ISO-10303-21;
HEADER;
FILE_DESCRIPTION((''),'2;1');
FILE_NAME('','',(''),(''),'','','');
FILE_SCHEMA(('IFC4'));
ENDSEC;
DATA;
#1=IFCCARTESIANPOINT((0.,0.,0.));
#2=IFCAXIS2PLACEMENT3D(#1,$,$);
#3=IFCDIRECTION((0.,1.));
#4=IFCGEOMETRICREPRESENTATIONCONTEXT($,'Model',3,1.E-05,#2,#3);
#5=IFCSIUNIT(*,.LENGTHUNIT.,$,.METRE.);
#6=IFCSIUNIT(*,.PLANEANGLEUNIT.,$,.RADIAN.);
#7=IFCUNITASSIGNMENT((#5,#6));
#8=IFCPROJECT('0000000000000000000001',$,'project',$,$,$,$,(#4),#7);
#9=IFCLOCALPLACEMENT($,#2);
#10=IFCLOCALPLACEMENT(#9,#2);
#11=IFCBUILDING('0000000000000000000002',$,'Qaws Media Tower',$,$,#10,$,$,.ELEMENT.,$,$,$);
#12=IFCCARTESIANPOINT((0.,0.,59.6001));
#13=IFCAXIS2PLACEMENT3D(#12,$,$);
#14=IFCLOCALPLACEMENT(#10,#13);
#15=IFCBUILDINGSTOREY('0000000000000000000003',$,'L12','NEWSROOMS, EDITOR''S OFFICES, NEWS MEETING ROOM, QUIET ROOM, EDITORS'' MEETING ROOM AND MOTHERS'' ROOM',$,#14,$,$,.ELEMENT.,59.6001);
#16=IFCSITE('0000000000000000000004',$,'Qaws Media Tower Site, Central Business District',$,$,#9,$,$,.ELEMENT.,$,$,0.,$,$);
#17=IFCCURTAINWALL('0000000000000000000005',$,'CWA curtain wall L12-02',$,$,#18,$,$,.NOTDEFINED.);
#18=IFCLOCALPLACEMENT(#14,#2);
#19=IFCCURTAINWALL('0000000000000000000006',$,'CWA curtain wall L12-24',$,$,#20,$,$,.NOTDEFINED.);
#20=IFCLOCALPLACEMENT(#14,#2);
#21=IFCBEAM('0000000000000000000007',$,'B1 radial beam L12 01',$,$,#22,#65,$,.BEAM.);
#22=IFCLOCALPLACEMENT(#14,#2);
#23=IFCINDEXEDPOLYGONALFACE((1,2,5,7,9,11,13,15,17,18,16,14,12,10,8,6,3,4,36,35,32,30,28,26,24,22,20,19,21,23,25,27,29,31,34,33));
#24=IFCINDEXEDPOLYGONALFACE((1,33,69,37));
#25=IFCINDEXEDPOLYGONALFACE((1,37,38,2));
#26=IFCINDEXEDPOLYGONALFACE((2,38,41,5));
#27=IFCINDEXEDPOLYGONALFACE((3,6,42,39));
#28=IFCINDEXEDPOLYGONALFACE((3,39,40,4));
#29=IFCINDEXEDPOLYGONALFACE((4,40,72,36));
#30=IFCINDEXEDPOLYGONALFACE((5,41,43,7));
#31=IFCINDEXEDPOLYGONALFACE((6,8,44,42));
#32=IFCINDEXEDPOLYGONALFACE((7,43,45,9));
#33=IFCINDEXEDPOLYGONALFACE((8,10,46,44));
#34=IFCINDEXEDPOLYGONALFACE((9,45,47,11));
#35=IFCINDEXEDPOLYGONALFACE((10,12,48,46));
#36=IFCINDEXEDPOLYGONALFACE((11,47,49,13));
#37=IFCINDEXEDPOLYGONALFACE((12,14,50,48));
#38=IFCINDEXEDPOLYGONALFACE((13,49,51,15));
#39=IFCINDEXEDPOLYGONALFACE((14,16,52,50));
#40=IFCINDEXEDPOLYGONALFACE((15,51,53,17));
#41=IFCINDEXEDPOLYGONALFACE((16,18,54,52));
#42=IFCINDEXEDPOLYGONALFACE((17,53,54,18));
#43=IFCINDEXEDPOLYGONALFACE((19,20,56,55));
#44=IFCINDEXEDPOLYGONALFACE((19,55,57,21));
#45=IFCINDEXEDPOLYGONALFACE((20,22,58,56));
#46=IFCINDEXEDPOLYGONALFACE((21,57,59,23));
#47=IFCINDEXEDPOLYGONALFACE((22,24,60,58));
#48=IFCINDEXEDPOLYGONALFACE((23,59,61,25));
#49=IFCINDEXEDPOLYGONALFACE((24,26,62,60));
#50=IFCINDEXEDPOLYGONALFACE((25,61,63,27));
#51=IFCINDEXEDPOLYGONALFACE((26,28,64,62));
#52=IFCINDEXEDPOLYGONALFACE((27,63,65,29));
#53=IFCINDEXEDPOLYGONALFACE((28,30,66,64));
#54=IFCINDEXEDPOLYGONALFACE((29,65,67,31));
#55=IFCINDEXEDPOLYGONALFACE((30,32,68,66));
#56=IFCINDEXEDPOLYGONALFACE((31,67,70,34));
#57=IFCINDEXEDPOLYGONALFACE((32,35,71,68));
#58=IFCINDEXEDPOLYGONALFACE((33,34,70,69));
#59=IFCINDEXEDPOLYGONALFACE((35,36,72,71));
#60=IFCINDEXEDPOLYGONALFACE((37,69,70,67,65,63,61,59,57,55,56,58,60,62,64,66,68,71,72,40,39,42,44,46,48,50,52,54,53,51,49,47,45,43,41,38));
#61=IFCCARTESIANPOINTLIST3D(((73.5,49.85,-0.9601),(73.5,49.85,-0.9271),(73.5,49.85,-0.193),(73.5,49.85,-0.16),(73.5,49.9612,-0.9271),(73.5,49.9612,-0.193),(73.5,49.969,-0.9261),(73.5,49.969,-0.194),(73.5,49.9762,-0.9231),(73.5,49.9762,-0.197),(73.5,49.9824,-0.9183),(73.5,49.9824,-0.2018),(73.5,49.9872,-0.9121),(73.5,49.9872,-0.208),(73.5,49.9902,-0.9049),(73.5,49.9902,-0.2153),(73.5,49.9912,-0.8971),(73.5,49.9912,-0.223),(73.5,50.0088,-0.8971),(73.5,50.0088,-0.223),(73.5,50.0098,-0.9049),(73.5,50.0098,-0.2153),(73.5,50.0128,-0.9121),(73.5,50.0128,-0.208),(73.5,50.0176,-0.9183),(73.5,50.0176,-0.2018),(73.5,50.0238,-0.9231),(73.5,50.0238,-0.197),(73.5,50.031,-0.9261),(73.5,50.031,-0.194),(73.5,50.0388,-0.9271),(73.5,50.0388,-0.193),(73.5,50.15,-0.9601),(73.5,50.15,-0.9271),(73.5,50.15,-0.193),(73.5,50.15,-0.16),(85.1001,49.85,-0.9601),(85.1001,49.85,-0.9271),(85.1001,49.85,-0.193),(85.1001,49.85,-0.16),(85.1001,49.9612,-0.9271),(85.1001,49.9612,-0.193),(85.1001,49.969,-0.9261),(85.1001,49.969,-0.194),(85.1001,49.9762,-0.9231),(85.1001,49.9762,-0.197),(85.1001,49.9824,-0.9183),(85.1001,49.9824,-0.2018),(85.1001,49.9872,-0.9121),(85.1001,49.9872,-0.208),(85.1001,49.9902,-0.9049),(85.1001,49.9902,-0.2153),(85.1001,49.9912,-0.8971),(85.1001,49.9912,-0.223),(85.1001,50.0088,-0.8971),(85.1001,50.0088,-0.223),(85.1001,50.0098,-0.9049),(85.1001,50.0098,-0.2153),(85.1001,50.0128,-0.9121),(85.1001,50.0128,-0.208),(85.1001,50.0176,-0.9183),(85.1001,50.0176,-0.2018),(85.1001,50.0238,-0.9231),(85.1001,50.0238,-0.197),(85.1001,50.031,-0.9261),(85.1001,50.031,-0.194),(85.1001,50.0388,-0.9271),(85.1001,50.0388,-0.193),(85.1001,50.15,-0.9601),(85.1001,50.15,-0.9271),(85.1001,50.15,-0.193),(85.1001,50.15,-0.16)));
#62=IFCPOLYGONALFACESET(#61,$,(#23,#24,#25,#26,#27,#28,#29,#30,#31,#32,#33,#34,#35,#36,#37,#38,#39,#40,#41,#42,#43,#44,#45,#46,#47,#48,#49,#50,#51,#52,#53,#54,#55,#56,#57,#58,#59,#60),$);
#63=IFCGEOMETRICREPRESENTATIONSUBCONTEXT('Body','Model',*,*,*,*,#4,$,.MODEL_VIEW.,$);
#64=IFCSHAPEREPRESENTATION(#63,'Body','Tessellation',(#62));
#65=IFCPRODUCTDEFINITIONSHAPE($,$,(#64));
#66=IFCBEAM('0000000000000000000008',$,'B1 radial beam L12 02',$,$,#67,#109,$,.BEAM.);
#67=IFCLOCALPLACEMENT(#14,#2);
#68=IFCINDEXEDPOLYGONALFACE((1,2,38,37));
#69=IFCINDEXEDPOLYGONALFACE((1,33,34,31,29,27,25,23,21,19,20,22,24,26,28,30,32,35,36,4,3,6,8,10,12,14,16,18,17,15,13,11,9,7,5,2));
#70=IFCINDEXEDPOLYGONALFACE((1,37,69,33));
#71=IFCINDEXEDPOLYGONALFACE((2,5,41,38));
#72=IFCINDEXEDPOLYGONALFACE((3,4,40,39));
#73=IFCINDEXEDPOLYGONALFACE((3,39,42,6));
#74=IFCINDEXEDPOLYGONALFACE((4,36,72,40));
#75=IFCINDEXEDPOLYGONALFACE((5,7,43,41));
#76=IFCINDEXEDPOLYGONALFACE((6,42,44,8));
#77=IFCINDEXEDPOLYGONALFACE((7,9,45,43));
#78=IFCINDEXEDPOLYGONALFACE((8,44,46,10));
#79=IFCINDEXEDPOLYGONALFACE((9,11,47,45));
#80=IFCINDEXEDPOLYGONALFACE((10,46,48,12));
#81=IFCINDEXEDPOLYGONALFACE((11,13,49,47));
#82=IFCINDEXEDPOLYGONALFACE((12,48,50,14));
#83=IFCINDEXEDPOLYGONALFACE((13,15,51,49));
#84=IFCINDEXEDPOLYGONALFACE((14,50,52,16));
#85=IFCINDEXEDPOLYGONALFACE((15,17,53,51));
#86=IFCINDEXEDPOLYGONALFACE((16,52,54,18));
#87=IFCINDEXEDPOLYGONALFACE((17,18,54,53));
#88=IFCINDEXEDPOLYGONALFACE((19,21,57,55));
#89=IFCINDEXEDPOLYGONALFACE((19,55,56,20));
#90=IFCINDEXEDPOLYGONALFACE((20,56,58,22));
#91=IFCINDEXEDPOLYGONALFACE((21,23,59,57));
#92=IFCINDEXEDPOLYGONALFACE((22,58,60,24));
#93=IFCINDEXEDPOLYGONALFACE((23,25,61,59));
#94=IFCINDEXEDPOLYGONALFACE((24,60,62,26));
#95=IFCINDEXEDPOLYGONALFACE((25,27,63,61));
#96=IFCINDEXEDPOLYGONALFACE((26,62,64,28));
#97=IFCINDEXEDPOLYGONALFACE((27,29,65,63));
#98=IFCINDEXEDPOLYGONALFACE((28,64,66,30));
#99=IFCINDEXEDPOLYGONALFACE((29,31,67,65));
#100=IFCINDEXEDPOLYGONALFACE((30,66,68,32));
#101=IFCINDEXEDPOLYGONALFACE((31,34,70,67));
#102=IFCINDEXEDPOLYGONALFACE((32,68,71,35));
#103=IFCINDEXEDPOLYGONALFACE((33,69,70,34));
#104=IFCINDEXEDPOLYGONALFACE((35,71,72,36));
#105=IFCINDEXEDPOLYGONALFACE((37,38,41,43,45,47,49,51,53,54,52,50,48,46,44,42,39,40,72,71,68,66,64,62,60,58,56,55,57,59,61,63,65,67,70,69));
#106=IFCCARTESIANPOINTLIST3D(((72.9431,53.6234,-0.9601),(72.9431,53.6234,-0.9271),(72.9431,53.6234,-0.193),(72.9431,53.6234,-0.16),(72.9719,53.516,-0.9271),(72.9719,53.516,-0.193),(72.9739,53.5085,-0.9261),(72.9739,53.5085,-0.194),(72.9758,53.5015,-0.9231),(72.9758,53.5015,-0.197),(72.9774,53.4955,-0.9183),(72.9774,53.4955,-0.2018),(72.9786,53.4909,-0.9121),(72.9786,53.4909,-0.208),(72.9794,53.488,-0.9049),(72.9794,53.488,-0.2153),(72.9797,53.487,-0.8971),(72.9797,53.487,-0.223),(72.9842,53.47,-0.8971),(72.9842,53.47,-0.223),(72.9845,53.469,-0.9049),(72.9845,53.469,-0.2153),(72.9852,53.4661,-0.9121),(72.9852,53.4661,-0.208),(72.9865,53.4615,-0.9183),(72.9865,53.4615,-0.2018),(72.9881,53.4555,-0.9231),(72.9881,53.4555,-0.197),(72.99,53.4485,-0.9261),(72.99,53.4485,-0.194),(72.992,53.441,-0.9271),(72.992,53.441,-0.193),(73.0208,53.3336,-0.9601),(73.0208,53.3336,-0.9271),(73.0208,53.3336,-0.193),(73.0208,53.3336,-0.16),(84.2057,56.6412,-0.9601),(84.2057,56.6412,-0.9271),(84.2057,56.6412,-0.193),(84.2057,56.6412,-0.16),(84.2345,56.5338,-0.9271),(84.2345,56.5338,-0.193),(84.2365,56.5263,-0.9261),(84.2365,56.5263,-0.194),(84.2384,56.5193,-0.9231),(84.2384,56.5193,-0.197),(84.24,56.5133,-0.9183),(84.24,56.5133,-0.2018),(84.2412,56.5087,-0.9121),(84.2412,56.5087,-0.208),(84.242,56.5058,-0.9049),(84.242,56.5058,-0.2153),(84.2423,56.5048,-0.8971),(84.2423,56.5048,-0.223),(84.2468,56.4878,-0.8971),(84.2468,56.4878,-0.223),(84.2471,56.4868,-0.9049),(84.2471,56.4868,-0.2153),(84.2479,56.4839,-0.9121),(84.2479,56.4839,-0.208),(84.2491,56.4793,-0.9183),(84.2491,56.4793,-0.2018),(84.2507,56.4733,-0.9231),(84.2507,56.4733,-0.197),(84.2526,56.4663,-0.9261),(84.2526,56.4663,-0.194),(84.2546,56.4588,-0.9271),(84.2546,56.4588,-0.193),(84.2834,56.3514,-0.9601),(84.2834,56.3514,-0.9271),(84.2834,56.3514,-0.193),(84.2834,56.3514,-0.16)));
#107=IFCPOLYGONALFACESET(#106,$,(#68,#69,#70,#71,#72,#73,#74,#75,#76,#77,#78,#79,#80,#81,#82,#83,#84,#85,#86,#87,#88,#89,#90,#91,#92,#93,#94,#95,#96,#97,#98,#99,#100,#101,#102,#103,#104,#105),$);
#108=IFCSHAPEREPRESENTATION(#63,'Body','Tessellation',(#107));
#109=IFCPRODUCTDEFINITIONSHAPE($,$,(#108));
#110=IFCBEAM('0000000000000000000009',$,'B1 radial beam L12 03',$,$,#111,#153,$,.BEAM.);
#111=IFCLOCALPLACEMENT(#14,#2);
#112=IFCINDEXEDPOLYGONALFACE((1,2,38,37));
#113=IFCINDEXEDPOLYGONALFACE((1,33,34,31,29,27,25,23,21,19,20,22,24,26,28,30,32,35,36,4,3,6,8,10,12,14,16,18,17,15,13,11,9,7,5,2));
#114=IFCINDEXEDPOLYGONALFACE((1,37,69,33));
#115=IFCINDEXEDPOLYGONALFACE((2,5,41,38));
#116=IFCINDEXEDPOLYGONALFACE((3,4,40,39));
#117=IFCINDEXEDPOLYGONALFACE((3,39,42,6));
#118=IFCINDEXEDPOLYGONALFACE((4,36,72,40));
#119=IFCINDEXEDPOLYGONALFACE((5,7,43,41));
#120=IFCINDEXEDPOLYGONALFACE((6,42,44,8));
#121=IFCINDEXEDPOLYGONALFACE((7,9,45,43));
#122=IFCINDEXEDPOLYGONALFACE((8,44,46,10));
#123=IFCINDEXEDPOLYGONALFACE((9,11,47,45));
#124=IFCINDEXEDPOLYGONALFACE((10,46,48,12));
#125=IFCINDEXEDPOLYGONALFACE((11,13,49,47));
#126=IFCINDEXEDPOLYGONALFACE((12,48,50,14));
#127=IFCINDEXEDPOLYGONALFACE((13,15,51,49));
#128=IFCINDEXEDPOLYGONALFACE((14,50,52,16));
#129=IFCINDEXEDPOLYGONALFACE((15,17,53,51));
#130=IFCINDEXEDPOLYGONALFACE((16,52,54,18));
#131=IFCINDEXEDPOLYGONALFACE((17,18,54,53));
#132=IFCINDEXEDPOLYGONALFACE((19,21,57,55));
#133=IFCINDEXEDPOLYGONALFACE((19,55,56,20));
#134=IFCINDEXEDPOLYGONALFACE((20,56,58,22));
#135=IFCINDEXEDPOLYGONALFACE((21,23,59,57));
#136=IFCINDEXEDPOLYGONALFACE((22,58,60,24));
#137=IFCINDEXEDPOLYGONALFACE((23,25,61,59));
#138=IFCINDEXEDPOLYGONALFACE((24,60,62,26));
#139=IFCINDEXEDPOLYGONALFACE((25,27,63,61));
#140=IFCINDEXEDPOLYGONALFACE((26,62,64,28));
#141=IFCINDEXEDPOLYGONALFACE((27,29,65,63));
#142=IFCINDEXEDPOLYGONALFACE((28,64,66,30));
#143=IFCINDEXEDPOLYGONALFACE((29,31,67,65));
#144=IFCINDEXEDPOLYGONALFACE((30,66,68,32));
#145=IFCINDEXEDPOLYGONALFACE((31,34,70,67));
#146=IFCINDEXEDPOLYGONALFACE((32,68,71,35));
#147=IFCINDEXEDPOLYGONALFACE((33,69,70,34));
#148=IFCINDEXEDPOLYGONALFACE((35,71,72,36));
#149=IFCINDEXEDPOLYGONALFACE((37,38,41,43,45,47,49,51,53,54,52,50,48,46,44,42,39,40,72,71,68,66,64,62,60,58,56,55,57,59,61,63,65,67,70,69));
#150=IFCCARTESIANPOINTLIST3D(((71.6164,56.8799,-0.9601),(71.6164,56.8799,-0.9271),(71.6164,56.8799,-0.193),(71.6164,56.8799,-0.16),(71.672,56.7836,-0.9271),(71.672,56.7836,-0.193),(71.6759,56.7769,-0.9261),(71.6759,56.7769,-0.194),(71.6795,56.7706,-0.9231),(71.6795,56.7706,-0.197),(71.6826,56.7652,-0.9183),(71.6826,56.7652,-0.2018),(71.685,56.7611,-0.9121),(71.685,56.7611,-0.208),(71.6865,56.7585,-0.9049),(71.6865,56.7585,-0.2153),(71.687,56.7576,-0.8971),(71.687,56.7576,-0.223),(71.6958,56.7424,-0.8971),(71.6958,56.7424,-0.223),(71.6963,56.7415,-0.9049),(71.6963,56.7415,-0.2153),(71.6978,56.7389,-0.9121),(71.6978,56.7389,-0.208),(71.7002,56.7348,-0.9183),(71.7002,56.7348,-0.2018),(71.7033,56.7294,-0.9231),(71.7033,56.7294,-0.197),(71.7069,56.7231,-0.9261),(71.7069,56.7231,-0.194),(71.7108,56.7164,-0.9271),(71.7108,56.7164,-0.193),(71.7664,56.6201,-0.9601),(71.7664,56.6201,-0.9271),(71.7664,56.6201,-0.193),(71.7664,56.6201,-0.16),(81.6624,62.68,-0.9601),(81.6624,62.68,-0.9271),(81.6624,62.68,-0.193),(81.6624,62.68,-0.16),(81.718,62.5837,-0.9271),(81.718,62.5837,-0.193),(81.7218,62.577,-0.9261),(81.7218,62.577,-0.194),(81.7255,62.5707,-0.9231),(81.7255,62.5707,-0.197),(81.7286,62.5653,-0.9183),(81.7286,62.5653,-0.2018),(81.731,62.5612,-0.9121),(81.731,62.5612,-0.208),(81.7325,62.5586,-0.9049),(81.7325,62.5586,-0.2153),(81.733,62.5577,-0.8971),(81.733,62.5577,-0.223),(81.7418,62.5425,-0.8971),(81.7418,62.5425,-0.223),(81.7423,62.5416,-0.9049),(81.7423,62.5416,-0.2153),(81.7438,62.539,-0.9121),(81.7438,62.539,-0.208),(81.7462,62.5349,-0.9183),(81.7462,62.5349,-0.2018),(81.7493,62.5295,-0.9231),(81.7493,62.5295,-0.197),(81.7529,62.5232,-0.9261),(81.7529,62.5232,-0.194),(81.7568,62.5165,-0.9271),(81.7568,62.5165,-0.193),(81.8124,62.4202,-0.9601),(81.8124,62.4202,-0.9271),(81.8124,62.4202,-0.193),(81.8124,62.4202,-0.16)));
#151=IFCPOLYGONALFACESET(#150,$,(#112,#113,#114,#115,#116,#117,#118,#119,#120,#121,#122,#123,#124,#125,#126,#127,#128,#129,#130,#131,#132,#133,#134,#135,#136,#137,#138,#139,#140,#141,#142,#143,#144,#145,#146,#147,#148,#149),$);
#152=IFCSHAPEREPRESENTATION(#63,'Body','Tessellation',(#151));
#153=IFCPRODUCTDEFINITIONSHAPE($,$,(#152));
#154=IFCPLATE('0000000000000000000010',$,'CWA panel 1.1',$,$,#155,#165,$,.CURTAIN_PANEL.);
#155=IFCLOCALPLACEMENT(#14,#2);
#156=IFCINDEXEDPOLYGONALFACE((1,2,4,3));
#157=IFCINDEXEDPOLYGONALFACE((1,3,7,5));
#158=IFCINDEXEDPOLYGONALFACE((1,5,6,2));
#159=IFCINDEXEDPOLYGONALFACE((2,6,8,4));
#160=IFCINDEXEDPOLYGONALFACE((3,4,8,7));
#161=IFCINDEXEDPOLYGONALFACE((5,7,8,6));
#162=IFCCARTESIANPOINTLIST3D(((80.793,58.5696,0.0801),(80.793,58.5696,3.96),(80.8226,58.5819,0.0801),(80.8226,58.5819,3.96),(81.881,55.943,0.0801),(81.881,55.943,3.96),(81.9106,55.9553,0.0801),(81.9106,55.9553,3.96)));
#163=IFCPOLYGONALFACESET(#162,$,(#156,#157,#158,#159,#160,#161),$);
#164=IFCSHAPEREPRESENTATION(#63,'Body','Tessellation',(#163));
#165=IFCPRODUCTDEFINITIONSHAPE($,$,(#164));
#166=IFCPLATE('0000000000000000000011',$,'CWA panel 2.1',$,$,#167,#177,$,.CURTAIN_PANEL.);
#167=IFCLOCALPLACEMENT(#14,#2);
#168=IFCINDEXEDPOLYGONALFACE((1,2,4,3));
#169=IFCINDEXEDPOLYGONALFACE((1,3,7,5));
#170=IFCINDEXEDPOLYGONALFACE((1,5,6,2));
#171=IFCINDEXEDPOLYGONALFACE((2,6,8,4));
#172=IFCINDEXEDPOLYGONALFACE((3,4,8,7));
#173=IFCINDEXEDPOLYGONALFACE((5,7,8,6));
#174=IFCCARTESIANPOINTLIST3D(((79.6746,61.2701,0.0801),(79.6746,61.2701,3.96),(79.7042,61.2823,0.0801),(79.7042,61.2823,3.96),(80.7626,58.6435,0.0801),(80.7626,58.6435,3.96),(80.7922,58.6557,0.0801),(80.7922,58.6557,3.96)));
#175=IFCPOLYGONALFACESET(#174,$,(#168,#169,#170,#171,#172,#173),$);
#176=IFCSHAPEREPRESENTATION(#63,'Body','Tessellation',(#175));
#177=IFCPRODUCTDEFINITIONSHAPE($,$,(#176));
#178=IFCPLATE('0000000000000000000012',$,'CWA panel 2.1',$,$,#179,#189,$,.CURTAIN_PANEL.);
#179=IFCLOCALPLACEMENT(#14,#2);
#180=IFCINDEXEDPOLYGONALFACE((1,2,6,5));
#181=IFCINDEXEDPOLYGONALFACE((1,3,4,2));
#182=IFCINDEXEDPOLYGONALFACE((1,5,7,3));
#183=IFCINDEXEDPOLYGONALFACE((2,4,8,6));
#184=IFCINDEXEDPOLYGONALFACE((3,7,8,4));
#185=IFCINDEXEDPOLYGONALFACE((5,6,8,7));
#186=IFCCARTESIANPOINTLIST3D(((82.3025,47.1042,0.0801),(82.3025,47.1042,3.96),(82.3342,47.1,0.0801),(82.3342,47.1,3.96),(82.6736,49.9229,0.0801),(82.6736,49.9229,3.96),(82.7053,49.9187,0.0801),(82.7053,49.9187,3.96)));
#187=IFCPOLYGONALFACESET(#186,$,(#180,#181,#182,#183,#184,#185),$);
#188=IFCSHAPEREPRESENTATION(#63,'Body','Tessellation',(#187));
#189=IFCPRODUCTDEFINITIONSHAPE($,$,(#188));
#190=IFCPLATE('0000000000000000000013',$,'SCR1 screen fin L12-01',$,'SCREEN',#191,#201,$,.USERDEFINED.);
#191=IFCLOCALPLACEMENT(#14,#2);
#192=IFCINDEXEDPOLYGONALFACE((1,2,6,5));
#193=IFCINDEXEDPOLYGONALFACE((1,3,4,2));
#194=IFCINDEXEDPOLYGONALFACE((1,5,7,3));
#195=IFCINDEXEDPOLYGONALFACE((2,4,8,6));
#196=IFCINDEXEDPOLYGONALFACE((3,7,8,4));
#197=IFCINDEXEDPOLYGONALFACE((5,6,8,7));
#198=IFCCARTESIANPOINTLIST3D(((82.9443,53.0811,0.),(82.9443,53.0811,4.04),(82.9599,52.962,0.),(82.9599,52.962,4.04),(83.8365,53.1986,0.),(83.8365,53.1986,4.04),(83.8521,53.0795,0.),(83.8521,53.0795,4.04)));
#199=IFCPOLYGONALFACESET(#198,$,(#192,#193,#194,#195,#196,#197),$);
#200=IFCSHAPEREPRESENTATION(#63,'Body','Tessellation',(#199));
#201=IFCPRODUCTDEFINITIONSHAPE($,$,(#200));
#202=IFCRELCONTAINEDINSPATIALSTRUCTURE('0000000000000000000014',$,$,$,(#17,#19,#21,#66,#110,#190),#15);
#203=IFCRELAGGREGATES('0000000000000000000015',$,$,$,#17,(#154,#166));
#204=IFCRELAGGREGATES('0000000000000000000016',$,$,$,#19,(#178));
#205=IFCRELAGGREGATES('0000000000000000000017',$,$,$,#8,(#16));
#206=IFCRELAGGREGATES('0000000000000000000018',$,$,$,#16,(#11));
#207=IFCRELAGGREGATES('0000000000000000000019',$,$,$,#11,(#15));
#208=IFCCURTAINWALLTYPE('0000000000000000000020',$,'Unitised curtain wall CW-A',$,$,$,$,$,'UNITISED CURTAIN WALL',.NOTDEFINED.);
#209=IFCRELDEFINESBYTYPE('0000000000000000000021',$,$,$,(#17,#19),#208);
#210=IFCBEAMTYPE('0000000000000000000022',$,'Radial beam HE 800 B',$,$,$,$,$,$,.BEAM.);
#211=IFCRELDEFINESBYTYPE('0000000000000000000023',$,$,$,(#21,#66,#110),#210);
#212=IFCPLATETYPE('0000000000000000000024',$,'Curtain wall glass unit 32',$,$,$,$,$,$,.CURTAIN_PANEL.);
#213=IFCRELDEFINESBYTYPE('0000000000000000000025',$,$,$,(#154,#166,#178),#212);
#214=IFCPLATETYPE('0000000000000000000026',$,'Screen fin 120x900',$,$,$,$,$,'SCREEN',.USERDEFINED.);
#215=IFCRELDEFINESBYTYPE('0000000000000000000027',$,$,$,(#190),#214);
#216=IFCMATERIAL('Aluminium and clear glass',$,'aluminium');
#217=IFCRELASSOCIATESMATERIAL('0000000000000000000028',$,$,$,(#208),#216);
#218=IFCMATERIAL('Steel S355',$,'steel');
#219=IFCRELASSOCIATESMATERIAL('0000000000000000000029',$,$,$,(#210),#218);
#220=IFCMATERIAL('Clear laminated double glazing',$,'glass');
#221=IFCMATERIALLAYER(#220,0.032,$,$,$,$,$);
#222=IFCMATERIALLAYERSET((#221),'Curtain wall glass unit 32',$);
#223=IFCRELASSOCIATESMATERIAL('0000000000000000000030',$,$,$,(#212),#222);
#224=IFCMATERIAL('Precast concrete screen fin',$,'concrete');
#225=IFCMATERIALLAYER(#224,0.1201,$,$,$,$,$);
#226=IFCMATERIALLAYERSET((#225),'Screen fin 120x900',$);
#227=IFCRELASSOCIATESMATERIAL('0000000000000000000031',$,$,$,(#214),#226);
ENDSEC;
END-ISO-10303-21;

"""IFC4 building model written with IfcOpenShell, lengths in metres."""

from ifc_helpers import new_model, si_unit, direction, frame, origin, origin_2d, place, context, subcontext, project, spatial, rectangle, i_section, extrude, material, layer, layer_set, material_profile, profile_set, type_object, element, aggregate, save


model = new_model("IFC4")

# Units and contexts
model_context = context("Model", 3, precision=1e-05, world=origin(), true_north=direction((0.0, 1.0)))
body_context = subcontext(model_context, "Body", "Model", "MODEL_VIEW")
ifc_project = project(units=[si_unit("LENGTHUNIT", "METRE"), si_unit("PLANEANGLEUNIT", "RADIAN")], contexts=[model_context])

# Site, building, storey
site_placement = place(None, origin())
site = spatial("IfcSite", under=ifc_project, at=site_placement, Name="Qaws Media Tower Site, Central Business District", CompositionType="ELEMENT", RefElevation=0.0)
building_placement = place(site_placement, origin())
building = spatial("IfcBuilding", under=site, at=building_placement, Name="Qaws Media Tower", CompositionType="ELEMENT")
storey_placement = place(building_placement, frame((0.0, 0.0, 59.6001)))
storey = spatial("IfcBuildingStorey", under=building, at=storey_placement, Name="L12", Description="NEWSROOMS, EDITOR'S OFFICES, NEWS MEETING ROOM, QUIET ROOM, EDITORS' MEETING ROOM AND MOTHERS' ROOM", CompositionType="ELEMENT", Elevation=59.6001)

# Curtain wall
ifc_material_1 = material(Name="Aluminium and clear glass", Category="aluminium")
curtain_wall_type = type_object("IfcCurtainWallType", Name="Unitised curtain wall CW-A", ElementType="UNITISED CURTAIN WALL", PredefinedType="NOTDEFINED", material=ifc_material_1)
curtain_wall_1_placement = place(storey_placement, origin())
curtain_wall_1 = element("IfcCurtainWall", 1, at=curtain_wall_1_placement, inside=storey, type_object=curtain_wall_type, Name="CWA curtain wall L12-02", PredefinedType="NOTDEFINED")

# Curtain wall
curtain_wall_2_placement = place(storey_placement, origin())
curtain_wall_2 = element("IfcCurtainWall", 2, at=curtain_wall_2_placement, inside=storey, type_object=curtain_wall_type, Name="CWA curtain wall L12-24", PredefinedType="NOTDEFINED")

# Beams
ifc_material_2 = material(Name="Steel S355", Category="steel")
ifc_material_profile_1 = material_profile(ifc_material_2, i_section(OverallWidth=0.3, OverallDepth=0.8, WebThickness=0.0176, FlangeThickness=0.033, FilletRadius=0.03, at=origin_2d()), Name="HE 800 B")
ifc_profile_set_1 = profile_set([ifc_material_profile_1], Name="Steel S355")
beam_type_1 = type_object("IfcBeamType", Name="Radial beam HE 800 B", PredefinedType="BEAM", material=ifc_profile_set_1)
beam_1_placement = place(storey_placement, frame((73.5, 50.0, -0.5601), z_axis=(1.0, 0.0, 0.0), x_axis=(0.0, 1.0, 0.0)))
element("IfcBeam", 3, at=beam_1_placement, inside=storey, type_object=beam_type_1, Name="B1 radial beam L12 01", PredefinedType="BEAM", context=body_context, shape_type="SweptSolid", body=[
    extrude(i_section(OverallWidth=0.3, OverallDepth=0.8, WebThickness=0.0176, FlangeThickness=0.033, FilletRadius=0.03, at=origin_2d()), origin(), (0.0, 0.0, 1.0), 11.6001),
])
beam_2_placement = place(storey_placement, frame((72.9819, 53.4785, -0.5601), z_axis=(0.965926, 0.258818, 0.0), x_axis=(-0.258818, 0.965926, 0.0)))
element("IfcBeam", 4, at=beam_2_placement, inside=storey, type_object=beam_type_1, Name="B1 radial beam L12 02", PredefinedType="BEAM", context=body_context, shape_type="SweptSolid", body=[
    extrude(i_section(OverallWidth=0.3, OverallDepth=0.8, WebThickness=0.0176, FlangeThickness=0.033, FilletRadius=0.03, at=origin_2d()), origin(), (0.0, 0.0, 1.0), 11.6599),
])
beam_3_placement = place(storey_placement, frame((71.6914, 56.75, -0.5601), z_axis=(0.866024, 0.500003, 0.0), x_axis=(-0.500003, 0.866024, 0.0)))
element("IfcBeam", 5, at=beam_3_placement, inside=storey, type_object=beam_type_1, Name="B1 radial beam L12 03", PredefinedType="BEAM", context=body_context, shape_type="SweptSolid", body=[
    extrude(i_section(OverallWidth=0.3, OverallDepth=0.8, WebThickness=0.0176, FlangeThickness=0.033, FilletRadius=0.03, at=origin_2d()), origin(), (0.0, 0.0, 1.0), 11.6001),
])

# Plates
ifc_material_3 = material(Name="Clear laminated double glazing", Category="glass")
ifc_layer_1 = layer(ifc_material_3, 0.032)
ifc_layer_set_1 = layer_set([ifc_layer_1], Name="Curtain wall glass unit 32")
plate_type_1 = type_object("IfcPlateType", Name="Curtain wall glass unit 32", PredefinedType="CURTAIN_PANEL", material=ifc_layer_set_1)
plate_1_placement = place(storey_placement, frame((81.3518, 57.2625, 0.0801), z_axis=(0.0, 0.0, 1.0), x_axis=(-0.382683, 0.92388, 0.0)))
plate_1 = element("IfcPlate", 6, at=plate_1_placement, type_object=plate_type_1, Name="CWA panel 1.1", PredefinedType="CURTAIN_PANEL", context=body_context, shape_type="SweptSolid", body=[
    extrude(rectangle(XDim=2.843, YDim=0.032, at=origin_2d()), origin(), (0.0, 0.0, 1.0), 3.8799),
])
plate_2_placement = place(storey_placement, frame((80.2334, 59.9629, 0.0801), z_axis=(0.0, 0.0, 1.0), x_axis=(-0.382683, 0.92388, 0.0)))
plate_2 = element("IfcPlate", 7, at=plate_2_placement, type_object=plate_type_1, Name="CWA panel 2.1", PredefinedType="CURTAIN_PANEL", context=body_context, shape_type="SweptSolid", body=[
    extrude(rectangle(XDim=2.843, YDim=0.032, at=origin_2d()), origin(), (0.0, 0.0, 1.0), 3.8799),
])
aggregate(curtain_wall_1, [plate_1, plate_2])
plate_3_placement = place(storey_placement, frame((82.5039, 48.5115, 0.0801), z_axis=(0.0, 0.0, 1.0), x_axis=(0.130526, 0.991445, 0.0)))
plate_3 = element("IfcPlate", 8, at=plate_3_placement, type_object=plate_type_1, Name="CWA panel 2.1", PredefinedType="CURTAIN_PANEL", context=body_context, shape_type="SweptSolid", body=[
    extrude(rectangle(XDim=2.843, YDim=0.032, at=origin_2d()), origin(), (0.0, 0.0, 1.0), 3.8799),
])
aggregate(curtain_wall_2, [plate_3])
ifc_material_4 = material(Name="Precast concrete screen fin", Category="concrete")
ifc_layer_2 = layer(ifc_material_4, 0.1201)
ifc_layer_set_2 = layer_set([ifc_layer_2], Name="Screen fin 120x900")
plate_type_2 = type_object("IfcPlateType", Name="Screen fin 120x900", ElementType="SCREEN", PredefinedType="USERDEFINED", material=ifc_layer_set_2)
plate_4_placement = place(storey_placement, frame((83.3982, 53.0803, 0.0), z_axis=(0.0, 0.0, 1.0), x_axis=(0.991445, 0.130526, 0.0)))
element("IfcPlate", 9, at=plate_4_placement, inside=storey, type_object=plate_type_2, Name="SCR1 screen fin L12-01", ObjectType="SCREEN", PredefinedType="USERDEFINED", context=body_context, shape_type="SweptSolid", body=[
    extrude(rectangle(XDim=0.8999, YDim=0.1201, at=origin_2d()), origin(), (0.0, 0.0, 1.0), 4.04),
])

save(model, "model.ifc")
